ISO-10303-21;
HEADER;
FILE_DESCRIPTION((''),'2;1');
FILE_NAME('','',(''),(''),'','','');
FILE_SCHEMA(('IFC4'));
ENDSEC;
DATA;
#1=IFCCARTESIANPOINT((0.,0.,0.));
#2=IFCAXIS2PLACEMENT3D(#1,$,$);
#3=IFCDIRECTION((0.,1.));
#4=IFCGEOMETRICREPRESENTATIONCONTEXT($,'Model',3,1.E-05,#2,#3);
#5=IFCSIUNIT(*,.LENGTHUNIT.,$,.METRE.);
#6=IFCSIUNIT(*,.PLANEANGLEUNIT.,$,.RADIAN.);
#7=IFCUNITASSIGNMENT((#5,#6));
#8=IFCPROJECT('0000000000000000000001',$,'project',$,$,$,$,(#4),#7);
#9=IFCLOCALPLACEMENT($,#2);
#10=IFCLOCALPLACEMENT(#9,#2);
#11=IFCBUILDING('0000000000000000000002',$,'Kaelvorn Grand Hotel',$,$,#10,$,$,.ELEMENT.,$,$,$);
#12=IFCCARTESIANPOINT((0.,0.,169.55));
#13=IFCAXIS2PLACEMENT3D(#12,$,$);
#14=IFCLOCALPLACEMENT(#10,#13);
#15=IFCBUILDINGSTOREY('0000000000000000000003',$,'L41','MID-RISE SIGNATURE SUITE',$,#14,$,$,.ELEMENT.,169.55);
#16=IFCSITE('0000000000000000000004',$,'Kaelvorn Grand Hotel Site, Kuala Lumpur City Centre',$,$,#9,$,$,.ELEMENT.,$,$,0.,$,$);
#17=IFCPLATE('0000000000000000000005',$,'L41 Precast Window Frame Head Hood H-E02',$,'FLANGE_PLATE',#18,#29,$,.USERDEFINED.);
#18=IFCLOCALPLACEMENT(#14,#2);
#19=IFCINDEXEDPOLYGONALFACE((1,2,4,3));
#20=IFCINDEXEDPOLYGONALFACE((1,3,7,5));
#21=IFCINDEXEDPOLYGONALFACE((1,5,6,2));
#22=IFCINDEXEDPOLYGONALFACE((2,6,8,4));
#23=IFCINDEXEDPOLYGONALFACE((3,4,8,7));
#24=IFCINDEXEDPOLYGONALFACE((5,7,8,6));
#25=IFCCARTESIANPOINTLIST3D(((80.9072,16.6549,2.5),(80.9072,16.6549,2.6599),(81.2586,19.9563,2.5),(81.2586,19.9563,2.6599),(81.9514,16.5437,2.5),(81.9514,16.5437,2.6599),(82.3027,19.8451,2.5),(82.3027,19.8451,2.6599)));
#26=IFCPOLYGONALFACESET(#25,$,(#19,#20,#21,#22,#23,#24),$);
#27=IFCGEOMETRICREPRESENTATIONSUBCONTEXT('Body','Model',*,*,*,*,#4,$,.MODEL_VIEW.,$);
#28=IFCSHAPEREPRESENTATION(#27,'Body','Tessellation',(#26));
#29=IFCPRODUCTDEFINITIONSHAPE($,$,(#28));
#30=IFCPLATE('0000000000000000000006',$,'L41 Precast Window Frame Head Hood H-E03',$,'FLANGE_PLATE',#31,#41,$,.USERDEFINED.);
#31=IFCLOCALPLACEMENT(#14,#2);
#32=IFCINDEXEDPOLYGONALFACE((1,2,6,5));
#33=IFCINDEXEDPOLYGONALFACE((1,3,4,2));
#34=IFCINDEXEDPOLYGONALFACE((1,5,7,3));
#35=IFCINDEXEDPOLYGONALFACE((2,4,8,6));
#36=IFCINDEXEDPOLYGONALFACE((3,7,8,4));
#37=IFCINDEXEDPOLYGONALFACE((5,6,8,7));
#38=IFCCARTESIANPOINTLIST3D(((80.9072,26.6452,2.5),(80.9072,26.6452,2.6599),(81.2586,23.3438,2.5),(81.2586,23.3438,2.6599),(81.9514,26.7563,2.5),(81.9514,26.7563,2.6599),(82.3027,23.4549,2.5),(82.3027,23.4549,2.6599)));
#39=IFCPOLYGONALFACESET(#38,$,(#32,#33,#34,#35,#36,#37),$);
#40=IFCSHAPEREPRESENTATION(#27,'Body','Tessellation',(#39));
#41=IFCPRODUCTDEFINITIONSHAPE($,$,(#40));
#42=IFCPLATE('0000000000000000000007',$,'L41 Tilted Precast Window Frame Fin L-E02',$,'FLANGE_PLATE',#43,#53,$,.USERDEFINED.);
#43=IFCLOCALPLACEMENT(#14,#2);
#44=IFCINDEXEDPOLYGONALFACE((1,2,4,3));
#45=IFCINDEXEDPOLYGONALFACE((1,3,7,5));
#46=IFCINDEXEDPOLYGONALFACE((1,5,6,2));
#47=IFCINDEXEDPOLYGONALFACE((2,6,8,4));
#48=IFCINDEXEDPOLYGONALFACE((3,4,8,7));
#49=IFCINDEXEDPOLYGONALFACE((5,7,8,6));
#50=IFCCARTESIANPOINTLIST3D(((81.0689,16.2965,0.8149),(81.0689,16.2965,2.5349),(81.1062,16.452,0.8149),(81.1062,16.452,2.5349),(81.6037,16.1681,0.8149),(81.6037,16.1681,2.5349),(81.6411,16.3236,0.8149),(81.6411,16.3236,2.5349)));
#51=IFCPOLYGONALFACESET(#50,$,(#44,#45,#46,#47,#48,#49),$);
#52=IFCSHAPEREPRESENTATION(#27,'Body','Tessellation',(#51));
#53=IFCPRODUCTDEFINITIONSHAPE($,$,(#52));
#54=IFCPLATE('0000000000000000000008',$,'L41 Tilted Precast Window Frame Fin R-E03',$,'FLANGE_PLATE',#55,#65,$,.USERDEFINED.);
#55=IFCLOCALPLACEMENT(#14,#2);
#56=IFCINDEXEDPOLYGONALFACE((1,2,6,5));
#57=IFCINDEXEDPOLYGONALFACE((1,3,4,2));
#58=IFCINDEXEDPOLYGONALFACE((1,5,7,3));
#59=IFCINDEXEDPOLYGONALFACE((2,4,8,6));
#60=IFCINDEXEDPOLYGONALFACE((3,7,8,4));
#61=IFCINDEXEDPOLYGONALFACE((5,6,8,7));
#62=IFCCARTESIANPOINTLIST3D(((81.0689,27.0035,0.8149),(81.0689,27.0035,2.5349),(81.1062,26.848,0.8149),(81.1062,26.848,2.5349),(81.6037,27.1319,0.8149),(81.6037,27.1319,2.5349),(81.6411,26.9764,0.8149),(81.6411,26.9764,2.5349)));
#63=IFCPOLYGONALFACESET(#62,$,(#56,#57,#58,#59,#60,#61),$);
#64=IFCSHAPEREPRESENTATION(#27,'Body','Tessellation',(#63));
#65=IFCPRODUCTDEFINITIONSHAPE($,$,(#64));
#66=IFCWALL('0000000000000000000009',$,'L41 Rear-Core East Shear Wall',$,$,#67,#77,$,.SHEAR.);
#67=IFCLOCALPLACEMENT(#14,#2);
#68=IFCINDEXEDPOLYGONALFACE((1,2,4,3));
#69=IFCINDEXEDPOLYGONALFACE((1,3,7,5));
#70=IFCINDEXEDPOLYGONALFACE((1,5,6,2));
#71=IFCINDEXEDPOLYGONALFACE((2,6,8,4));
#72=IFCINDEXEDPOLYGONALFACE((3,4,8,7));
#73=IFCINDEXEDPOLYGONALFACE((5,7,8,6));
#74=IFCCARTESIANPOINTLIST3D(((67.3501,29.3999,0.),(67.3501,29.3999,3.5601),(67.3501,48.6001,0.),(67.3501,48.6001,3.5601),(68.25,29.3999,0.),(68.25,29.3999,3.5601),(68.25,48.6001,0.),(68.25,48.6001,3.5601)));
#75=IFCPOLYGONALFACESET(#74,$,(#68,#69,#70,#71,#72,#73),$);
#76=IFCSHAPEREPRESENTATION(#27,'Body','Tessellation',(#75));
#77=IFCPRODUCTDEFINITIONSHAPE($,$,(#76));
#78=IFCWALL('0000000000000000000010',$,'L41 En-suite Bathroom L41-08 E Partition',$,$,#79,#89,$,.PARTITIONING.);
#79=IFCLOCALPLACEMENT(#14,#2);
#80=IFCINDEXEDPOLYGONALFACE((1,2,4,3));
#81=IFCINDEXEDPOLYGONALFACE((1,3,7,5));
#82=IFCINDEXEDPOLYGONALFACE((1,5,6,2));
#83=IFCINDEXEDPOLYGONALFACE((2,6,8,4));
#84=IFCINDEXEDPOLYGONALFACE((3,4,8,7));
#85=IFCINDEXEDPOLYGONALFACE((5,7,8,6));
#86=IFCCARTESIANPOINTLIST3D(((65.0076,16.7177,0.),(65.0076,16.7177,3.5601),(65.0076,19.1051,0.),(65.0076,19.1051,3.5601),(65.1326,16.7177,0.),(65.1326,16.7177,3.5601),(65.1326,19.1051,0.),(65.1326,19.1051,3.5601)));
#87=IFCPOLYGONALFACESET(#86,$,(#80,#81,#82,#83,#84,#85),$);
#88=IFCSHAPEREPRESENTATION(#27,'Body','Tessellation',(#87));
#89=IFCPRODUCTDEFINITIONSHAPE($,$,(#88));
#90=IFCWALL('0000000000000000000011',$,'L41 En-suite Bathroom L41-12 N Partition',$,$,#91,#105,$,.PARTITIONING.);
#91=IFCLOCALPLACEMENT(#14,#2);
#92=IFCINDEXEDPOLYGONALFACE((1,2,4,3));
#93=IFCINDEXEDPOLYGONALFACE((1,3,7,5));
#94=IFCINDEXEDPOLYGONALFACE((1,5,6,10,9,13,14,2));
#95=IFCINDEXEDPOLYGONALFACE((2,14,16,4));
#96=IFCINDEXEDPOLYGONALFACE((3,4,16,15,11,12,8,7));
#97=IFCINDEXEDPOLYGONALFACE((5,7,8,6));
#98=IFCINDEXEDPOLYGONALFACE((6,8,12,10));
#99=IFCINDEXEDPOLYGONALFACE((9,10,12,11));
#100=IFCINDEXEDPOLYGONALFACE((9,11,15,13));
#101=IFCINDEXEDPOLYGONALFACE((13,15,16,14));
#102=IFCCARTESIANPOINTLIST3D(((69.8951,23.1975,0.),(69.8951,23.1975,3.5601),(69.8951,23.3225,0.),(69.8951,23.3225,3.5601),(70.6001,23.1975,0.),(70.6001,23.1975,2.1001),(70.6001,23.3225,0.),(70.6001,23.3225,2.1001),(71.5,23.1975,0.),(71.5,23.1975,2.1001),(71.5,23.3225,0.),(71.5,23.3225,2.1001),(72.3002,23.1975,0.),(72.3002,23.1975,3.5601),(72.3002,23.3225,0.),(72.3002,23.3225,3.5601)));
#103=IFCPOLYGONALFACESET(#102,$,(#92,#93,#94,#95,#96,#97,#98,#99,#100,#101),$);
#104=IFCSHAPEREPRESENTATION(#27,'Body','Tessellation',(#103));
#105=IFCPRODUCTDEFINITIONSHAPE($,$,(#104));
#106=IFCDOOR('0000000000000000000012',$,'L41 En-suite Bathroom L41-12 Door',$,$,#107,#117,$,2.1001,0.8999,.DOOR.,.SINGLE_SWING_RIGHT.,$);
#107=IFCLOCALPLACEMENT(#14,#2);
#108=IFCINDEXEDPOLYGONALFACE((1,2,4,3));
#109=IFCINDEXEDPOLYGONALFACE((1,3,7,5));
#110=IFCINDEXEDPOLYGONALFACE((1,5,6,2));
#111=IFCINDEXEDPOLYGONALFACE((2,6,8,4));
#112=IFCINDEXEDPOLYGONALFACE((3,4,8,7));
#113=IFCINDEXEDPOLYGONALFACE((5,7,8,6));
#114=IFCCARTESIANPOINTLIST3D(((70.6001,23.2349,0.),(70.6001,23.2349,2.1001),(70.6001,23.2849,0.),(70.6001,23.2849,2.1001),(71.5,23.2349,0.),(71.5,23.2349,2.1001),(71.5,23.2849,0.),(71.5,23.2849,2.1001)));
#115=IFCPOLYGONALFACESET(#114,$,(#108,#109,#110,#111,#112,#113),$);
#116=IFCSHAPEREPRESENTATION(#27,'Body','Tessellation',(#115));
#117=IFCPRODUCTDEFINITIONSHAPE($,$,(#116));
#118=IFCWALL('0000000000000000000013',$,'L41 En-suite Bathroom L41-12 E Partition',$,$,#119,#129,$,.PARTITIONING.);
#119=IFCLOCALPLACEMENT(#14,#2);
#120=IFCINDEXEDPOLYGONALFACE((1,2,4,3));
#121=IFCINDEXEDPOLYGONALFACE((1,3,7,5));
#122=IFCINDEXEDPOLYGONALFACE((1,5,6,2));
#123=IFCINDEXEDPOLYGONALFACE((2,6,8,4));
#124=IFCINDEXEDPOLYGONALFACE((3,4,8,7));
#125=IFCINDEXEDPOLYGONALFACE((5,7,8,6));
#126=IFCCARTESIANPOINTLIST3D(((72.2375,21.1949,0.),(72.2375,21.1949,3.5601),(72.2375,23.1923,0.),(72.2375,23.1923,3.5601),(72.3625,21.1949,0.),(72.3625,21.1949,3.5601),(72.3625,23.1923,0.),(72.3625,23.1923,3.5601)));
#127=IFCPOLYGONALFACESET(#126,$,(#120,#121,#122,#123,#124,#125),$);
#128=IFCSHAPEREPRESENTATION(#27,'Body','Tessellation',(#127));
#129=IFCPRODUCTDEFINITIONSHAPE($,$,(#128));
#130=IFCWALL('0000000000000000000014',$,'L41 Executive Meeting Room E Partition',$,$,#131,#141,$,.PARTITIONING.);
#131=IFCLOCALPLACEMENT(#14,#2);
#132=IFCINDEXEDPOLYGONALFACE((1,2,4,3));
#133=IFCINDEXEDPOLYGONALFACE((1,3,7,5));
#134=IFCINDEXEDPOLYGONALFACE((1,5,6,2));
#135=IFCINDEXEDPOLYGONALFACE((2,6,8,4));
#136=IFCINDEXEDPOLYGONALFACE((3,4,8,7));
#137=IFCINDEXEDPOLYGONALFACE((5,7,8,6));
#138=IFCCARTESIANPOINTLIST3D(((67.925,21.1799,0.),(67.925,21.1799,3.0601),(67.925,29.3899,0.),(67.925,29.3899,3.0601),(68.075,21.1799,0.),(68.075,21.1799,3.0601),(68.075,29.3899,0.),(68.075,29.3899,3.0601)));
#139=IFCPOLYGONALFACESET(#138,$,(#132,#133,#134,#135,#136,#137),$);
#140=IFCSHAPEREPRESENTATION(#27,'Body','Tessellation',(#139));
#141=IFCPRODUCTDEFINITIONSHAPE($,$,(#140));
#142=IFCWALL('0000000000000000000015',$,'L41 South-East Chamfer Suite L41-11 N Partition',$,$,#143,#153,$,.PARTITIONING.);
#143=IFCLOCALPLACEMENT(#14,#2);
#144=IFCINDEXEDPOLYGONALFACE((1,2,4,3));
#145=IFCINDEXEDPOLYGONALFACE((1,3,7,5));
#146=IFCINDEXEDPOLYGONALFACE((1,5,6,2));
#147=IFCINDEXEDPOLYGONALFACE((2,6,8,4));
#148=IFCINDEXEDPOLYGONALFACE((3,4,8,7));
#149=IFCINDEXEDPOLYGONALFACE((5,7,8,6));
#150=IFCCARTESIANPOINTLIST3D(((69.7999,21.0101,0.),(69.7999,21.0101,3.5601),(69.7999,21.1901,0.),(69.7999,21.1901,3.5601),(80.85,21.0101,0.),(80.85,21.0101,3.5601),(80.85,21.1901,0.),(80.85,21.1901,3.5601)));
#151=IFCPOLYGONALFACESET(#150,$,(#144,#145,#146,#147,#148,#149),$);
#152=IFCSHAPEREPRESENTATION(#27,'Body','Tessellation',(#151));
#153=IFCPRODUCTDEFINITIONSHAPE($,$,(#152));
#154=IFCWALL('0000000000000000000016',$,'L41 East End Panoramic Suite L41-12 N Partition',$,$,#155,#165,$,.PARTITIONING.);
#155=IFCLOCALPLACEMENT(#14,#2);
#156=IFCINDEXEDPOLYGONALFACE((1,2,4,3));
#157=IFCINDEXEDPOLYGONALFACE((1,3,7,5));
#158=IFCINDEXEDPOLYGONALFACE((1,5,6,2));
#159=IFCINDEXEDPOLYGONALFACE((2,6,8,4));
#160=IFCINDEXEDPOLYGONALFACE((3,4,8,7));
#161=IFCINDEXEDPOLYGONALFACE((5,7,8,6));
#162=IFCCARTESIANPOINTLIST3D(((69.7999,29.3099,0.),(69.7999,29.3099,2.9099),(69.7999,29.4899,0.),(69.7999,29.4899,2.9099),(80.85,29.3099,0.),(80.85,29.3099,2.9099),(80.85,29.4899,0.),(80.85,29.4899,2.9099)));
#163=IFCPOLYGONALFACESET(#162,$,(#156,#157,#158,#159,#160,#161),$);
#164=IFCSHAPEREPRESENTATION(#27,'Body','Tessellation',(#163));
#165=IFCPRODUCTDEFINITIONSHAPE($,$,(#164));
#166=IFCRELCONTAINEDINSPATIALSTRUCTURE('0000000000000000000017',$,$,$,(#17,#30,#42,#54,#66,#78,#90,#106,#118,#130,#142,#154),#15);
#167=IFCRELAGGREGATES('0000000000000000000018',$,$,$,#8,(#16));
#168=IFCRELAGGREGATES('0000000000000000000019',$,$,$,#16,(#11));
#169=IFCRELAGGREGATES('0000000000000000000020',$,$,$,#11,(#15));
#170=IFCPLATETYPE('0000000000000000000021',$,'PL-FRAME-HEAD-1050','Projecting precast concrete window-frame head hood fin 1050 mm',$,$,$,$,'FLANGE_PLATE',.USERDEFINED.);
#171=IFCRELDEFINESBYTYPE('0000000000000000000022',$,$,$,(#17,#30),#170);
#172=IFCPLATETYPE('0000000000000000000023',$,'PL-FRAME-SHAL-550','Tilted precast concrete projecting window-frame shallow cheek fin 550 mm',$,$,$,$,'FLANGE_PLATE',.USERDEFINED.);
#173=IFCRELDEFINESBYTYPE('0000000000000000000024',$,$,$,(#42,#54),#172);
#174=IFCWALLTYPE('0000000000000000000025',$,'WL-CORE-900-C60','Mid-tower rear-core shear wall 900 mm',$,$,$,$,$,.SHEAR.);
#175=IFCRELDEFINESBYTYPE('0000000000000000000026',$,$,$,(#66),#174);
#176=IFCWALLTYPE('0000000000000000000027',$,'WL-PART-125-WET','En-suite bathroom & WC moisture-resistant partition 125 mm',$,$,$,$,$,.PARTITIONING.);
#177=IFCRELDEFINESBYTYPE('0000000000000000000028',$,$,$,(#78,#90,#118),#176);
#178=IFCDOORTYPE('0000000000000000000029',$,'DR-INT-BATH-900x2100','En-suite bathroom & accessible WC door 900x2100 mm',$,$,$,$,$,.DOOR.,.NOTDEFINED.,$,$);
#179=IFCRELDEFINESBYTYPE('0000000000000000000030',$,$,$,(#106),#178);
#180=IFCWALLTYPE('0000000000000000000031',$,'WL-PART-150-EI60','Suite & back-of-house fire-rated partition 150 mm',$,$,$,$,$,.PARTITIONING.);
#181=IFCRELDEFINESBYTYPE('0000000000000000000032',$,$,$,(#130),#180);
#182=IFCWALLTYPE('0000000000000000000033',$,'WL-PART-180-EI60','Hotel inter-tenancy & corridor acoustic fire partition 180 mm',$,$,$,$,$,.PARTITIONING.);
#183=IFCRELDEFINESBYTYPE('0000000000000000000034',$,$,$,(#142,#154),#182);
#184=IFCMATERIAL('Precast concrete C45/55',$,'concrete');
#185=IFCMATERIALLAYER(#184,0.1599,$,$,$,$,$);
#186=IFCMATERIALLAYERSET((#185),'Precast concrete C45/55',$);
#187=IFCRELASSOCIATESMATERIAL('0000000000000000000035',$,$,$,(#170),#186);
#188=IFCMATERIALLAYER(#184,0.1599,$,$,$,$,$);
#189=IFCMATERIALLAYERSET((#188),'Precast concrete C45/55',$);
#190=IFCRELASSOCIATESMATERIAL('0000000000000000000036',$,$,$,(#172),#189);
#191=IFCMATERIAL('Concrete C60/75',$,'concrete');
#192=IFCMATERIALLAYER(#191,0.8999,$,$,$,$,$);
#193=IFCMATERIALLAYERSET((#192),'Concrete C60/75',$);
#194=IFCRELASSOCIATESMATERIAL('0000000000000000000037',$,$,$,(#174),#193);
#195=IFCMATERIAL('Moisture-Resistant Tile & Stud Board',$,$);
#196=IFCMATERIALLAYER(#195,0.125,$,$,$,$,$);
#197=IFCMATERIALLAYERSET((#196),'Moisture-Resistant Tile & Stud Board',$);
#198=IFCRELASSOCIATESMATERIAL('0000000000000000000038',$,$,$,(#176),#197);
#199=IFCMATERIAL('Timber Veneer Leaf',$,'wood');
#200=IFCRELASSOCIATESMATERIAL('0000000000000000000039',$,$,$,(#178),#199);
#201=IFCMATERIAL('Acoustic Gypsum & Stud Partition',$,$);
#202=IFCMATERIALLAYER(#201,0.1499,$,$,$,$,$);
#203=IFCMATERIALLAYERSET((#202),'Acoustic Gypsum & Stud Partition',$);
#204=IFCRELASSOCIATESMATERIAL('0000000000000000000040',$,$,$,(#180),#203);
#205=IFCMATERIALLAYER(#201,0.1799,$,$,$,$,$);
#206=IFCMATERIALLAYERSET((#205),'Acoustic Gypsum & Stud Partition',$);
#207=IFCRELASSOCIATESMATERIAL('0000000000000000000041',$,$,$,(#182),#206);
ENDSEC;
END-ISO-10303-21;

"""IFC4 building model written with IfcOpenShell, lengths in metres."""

from ifc_helpers import new_model, si_unit, direction, frame, frame_2d, origin, origin_2d, place, context, subcontext, project, spatial, rectangle, extrude, material, layer, layer_set, type_object, element, fill, save


model = new_model("IFC4")

# Units and contexts
model_context = context("Model", 3, precision=1e-05, world=origin(), true_north=direction((0.0, 1.0)))
body_context = subcontext(model_context, "Body", "Model", "MODEL_VIEW")
ifc_project = project(units=[si_unit("LENGTHUNIT", "METRE"), si_unit("PLANEANGLEUNIT", "RADIAN")], contexts=[model_context])

# Site, building, storey
site_placement = place(None, origin())
site = spatial("IfcSite", under=ifc_project, at=site_placement, Name="Kaelvorn Grand Hotel Site, Kuala Lumpur City Centre", CompositionType="ELEMENT", RefElevation=0.0)
building_placement = place(site_placement, origin())
building = spatial("IfcBuilding", under=site, at=building_placement, Name="Kaelvorn Grand Hotel", CompositionType="ELEMENT")
storey_placement = place(building_placement, frame((0.0, 0.0, 169.55)))
storey = spatial("IfcBuildingStorey", under=building, at=storey_placement, Name="L41", Description="MID-RISE SIGNATURE SUITE", CompositionType="ELEMENT", Elevation=169.55)

# Shared definitions
ifc_material_1 = material(Name="Concrete C60/75", Category="concrete")

# Plates
ifc_material_2 = material(Name="Precast concrete C45/55", Category="concrete")
ifc_layer_1 = layer(ifc_material_2, 0.1599)
ifc_layer_set_1 = layer_set([ifc_layer_1], Name="Precast concrete C45/55")
plate_type_1 = type_object("IfcPlateType", Name="PL-FRAME-HEAD-1050", Description="Projecting precast concrete window-frame head hood fin 1050 mm", ElementType="FLANGE_PLATE", PredefinedType="USERDEFINED", material=ifc_layer_set_1)
for number, where, z_axis, x_axis, name in (
    (1, (81.605, 18.25, 2.5), (0.0, 0.0, 1.0), (0.10583, 0.994384, 0.0), "L41 Precast Window Frame Head Hood H-E02"),
    (2, (81.605, 25.05, 2.5), (0.0, 0.0, 1.0), (-0.10583, 0.994384, 0.0), "L41 Precast Window Frame Head Hood H-E03"),
):
    element("IfcPlate", number, at=place(storey_placement, frame(where, z_axis=z_axis, x_axis=x_axis)), inside=storey, type_object=plate_type_1, Name=name, ObjectType="FLANGE_PLATE", PredefinedType="USERDEFINED", context=body_context, shape_type="SweptSolid", body=[
        extrude(rectangle(XDim=3.3201, YDim=1.05, at=origin_2d()), origin(), (0.0, 0.0, 1.0), 0.1599),
    ])
ifc_layer_2 = layer(ifc_material_2, 0.1599)
ifc_layer_set_2 = layer_set([ifc_layer_2], Name="Precast concrete C45/55")
plate_type_2 = type_object("IfcPlateType", Name="PL-FRAME-SHAL-550", Description="Tilted precast concrete projecting window-frame shallow cheek fin 550 mm", ElementType="FLANGE_PLATE", PredefinedType="USERDEFINED", material=ifc_layer_set_2)
for number, where, z_axis, x_axis, name in (
    (3, (81.355, 16.3101, 0.8149), (0.0, 0.0, 1.0), (0.233445, 0.97237, 0.0), "L41 Tilted Precast Window Frame Fin L-E02"),
    (4, (81.355, 26.99, 0.8149), (0.0, 0.0, 1.0), (-0.233445, 0.97237, 0.0), "L41 Tilted Precast Window Frame Fin R-E03"),
):
    element("IfcPlate", number, at=place(storey_placement, frame(where, z_axis=z_axis, x_axis=x_axis)), inside=storey, type_object=plate_type_2, Name=name, ObjectType="FLANGE_PLATE", PredefinedType="USERDEFINED", context=body_context, shape_type="SweptSolid", body=[
        extrude(rectangle(XDim=0.1599, YDim=0.55, at=origin_2d()), origin(), (0.0, 0.0, 1.0), 1.72),
    ])

# Walls
ifc_layer_3 = layer(ifc_material_1, 0.8999)
ifc_layer_set_3 = layer_set([ifc_layer_3], Name="Concrete C60/75")
wall_type_1 = type_object("IfcWallType", Name="WL-CORE-900-C60", Description="Mid-tower rear-core shear wall 900 mm", PredefinedType="SHEAR", material=ifc_layer_set_3)
wall_1_placement = place(storey_placement, frame((67.8, 29.3999, 0.0), z_axis=(0.0, 0.0, 1.0), x_axis=(0.0, 1.0, 0.0)))
element("IfcWall", 5, at=wall_1_placement, inside=storey, type_object=wall_type_1, Name="L41 Rear-Core East Shear Wall", PredefinedType="SHEAR", context=body_context, shape_type="SweptSolid", body=[
    extrude(rectangle(XDim=19.2002, YDim=0.8999, at=frame_2d((9.6001, 0.0))), origin(), (0.0, 0.0, 1.0), 3.5601),
])
ifc_material_3 = material(Name="Moisture-Resistant Tile & Stud Board")
ifc_layer_4 = layer(ifc_material_3, 0.125)
ifc_layer_set_4 = layer_set([ifc_layer_4], Name="Moisture-Resistant Tile & Stud Board")
wall_type_2 = type_object("IfcWallType", Name="WL-PART-125-WET", Description="En-suite bathroom & WC moisture-resistant partition 125 mm", PredefinedType="PARTITIONING", material=ifc_layer_set_4)
wall_2_placement = place(storey_placement, frame((65.0701, 16.7175, 0.0), z_axis=(0.0, 0.0, 1.0), x_axis=(0.0, 1.0, 0.0)))
element("IfcWall", 6, at=wall_2_placement, inside=storey, type_object=wall_type_2, Name="L41 En-suite Bathroom L41-08 E Partition", PredefinedType="PARTITIONING", context=body_context, shape_type="SweptSolid", body=[
    extrude(rectangle(XDim=2.3875, YDim=0.125, at=frame_2d((1.1938, 0.0))), origin(), (0.0, 0.0, 1.0), 3.5601),
])

# Wall, opening, door
wall_3_placement = place(storey_placement, frame((69.895, 23.26, 0.0), z_axis=(0.0, 0.0, 1.0), x_axis=(1.0, 0.0, 0.0)))
wall_3 = element("IfcWall", 7, at=wall_3_placement, inside=storey, type_object=wall_type_2, Name="L41 En-suite Bathroom L41-12 N Partition", PredefinedType="PARTITIONING", context=body_context, shape_type="SweptSolid", body=[
    extrude(rectangle(XDim=2.405, YDim=0.125, at=frame_2d((1.2026, 0.0))), origin(), (0.0, 0.0, 1.0), 3.5601),
])
opening_1_placement = place(wall_3_placement, frame((0.7051, 0.0, 0.0)))
opening_1 = element("IfcOpeningElement", 8, at=opening_1_placement, cuts=wall_3, PredefinedType="OPENING", context=body_context, shape_type="SweptSolid", body=[
    extrude(rectangle(XDim=0.8999, YDim=2.1001, at=frame_2d((0.45, 1.05))), frame((0.0, 0.0725, 0.0), z_axis=(0.0, -1.0, 0.0), x_axis=(1.0, 0.0, 0.0)), (0.0, 0.0, 1.0), 0.145),
])
ifc_material_4 = material(Name="Timber Veneer Leaf", Category="wood")
door_type_1 = type_object("IfcDoorType", Name="DR-INT-BATH-900x2100", Description="En-suite bathroom & accessible WC door 900x2100 mm", OperationType="NOTDEFINED", PredefinedType="DOOR", material=ifc_material_4)
door_1_placement = place(opening_1_placement, origin())
door_1 = element("IfcDoor", 9, at=door_1_placement, inside=storey, type_object=door_type_1, Name="L41 En-suite Bathroom L41-12 Door", OperationType="SINGLE_SWING_RIGHT", OverallHeight=2.1001, OverallWidth=0.8999, PredefinedType="DOOR", context=body_context, shape_type="SweptSolid", body=[
    extrude(rectangle(XDim=0.8999, YDim=2.1001, at=frame_2d((0.45, 1.05))), frame((0.0, 0.0249, 0.0), z_axis=(0.0, -1.0, 0.0), x_axis=(1.0, 0.0, 0.0)), (0.0, 0.0, 1.0), 0.05),
])
fill(opening_1, door_1)

# Walls
wall_4_placement = place(storey_placement, frame((72.3, 21.1951, 0.0), z_axis=(0.0, 0.0, 1.0), x_axis=(0.0, 1.0, 0.0)))
element("IfcWall", 10, at=wall_4_placement, inside=storey, type_object=wall_type_2, Name="L41 En-suite Bathroom L41-12 E Partition", PredefinedType="PARTITIONING", context=body_context, shape_type="SweptSolid", body=[
    extrude(rectangle(XDim=1.9973, YDim=0.125, at=frame_2d((0.9985, 0.0))), origin(), (0.0, 0.0, 1.0), 3.5601),
])
ifc_material_5 = material(Name="Acoustic Gypsum & Stud Partition")
ifc_layer_5 = layer(ifc_material_5, 0.1499)
ifc_layer_set_5 = layer_set([ifc_layer_5], Name="Acoustic Gypsum & Stud Partition")
wall_type_3 = type_object("IfcWallType", Name="WL-PART-150-EI60", Description="Suite & back-of-house fire-rated partition 150 mm", PredefinedType="PARTITIONING", material=ifc_layer_set_5)
wall_5_placement = place(storey_placement, frame((68.0, 21.1799, 0.0), z_axis=(0.0, 0.0, 1.0), x_axis=(0.0, 1.0, 0.0)))
element("IfcWall", 11, at=wall_5_placement, inside=storey, type_object=wall_type_3, Name="L41 Executive Meeting Room E Partition", PredefinedType="PARTITIONING", context=body_context, shape_type="SweptSolid", body=[
    extrude(rectangle(XDim=8.21, YDim=0.1499, at=frame_2d((4.105, 0.0))), origin(), (0.0, 0.0, 1.0), 3.0601),
])
ifc_layer_6 = layer(ifc_material_5, 0.1799)
ifc_layer_set_6 = layer_set([ifc_layer_6], Name="Acoustic Gypsum & Stud Partition")
wall_type_4 = type_object("IfcWallType", Name="WL-PART-180-EI60", Description="Hotel inter-tenancy & corridor acoustic fire partition 180 mm", PredefinedType="PARTITIONING", material=ifc_layer_set_6)
wall_6_placement = place(storey_placement, frame((69.8, 21.1001, 0.0), z_axis=(0.0, 0.0, 1.0), x_axis=(1.0, 0.0, 0.0)))
element("IfcWall", 12, at=wall_6_placement, inside=storey, type_object=wall_type_4, Name="L41 South-East Chamfer Suite L41-11 N Partition", PredefinedType="PARTITIONING", context=body_context, shape_type="SweptSolid", body=[
    extrude(rectangle(XDim=11.05, YDim=0.1799, at=frame_2d((5.5249, 0.0))), origin(), (0.0, 0.0, 1.0), 3.5601),
])

# Wall
wall_7_placement = place(storey_placement, frame((69.8, 29.3999, 0.0), z_axis=(0.0, 0.0, 1.0), x_axis=(1.0, 0.0, 0.0)))
element("IfcWall", 13, at=wall_7_placement, inside=storey, type_object=wall_type_4, Name="L41 East End Panoramic Suite L41-12 N Partition", PredefinedType="PARTITIONING", context=body_context, shape_type="SweptSolid", body=[
    extrude(rectangle(XDim=11.05, YDim=0.1799, at=frame_2d((5.5249, 0.0))), origin(), (0.0, 0.0, 1.0), 2.9099),
])

save(model, "model.ifc")
